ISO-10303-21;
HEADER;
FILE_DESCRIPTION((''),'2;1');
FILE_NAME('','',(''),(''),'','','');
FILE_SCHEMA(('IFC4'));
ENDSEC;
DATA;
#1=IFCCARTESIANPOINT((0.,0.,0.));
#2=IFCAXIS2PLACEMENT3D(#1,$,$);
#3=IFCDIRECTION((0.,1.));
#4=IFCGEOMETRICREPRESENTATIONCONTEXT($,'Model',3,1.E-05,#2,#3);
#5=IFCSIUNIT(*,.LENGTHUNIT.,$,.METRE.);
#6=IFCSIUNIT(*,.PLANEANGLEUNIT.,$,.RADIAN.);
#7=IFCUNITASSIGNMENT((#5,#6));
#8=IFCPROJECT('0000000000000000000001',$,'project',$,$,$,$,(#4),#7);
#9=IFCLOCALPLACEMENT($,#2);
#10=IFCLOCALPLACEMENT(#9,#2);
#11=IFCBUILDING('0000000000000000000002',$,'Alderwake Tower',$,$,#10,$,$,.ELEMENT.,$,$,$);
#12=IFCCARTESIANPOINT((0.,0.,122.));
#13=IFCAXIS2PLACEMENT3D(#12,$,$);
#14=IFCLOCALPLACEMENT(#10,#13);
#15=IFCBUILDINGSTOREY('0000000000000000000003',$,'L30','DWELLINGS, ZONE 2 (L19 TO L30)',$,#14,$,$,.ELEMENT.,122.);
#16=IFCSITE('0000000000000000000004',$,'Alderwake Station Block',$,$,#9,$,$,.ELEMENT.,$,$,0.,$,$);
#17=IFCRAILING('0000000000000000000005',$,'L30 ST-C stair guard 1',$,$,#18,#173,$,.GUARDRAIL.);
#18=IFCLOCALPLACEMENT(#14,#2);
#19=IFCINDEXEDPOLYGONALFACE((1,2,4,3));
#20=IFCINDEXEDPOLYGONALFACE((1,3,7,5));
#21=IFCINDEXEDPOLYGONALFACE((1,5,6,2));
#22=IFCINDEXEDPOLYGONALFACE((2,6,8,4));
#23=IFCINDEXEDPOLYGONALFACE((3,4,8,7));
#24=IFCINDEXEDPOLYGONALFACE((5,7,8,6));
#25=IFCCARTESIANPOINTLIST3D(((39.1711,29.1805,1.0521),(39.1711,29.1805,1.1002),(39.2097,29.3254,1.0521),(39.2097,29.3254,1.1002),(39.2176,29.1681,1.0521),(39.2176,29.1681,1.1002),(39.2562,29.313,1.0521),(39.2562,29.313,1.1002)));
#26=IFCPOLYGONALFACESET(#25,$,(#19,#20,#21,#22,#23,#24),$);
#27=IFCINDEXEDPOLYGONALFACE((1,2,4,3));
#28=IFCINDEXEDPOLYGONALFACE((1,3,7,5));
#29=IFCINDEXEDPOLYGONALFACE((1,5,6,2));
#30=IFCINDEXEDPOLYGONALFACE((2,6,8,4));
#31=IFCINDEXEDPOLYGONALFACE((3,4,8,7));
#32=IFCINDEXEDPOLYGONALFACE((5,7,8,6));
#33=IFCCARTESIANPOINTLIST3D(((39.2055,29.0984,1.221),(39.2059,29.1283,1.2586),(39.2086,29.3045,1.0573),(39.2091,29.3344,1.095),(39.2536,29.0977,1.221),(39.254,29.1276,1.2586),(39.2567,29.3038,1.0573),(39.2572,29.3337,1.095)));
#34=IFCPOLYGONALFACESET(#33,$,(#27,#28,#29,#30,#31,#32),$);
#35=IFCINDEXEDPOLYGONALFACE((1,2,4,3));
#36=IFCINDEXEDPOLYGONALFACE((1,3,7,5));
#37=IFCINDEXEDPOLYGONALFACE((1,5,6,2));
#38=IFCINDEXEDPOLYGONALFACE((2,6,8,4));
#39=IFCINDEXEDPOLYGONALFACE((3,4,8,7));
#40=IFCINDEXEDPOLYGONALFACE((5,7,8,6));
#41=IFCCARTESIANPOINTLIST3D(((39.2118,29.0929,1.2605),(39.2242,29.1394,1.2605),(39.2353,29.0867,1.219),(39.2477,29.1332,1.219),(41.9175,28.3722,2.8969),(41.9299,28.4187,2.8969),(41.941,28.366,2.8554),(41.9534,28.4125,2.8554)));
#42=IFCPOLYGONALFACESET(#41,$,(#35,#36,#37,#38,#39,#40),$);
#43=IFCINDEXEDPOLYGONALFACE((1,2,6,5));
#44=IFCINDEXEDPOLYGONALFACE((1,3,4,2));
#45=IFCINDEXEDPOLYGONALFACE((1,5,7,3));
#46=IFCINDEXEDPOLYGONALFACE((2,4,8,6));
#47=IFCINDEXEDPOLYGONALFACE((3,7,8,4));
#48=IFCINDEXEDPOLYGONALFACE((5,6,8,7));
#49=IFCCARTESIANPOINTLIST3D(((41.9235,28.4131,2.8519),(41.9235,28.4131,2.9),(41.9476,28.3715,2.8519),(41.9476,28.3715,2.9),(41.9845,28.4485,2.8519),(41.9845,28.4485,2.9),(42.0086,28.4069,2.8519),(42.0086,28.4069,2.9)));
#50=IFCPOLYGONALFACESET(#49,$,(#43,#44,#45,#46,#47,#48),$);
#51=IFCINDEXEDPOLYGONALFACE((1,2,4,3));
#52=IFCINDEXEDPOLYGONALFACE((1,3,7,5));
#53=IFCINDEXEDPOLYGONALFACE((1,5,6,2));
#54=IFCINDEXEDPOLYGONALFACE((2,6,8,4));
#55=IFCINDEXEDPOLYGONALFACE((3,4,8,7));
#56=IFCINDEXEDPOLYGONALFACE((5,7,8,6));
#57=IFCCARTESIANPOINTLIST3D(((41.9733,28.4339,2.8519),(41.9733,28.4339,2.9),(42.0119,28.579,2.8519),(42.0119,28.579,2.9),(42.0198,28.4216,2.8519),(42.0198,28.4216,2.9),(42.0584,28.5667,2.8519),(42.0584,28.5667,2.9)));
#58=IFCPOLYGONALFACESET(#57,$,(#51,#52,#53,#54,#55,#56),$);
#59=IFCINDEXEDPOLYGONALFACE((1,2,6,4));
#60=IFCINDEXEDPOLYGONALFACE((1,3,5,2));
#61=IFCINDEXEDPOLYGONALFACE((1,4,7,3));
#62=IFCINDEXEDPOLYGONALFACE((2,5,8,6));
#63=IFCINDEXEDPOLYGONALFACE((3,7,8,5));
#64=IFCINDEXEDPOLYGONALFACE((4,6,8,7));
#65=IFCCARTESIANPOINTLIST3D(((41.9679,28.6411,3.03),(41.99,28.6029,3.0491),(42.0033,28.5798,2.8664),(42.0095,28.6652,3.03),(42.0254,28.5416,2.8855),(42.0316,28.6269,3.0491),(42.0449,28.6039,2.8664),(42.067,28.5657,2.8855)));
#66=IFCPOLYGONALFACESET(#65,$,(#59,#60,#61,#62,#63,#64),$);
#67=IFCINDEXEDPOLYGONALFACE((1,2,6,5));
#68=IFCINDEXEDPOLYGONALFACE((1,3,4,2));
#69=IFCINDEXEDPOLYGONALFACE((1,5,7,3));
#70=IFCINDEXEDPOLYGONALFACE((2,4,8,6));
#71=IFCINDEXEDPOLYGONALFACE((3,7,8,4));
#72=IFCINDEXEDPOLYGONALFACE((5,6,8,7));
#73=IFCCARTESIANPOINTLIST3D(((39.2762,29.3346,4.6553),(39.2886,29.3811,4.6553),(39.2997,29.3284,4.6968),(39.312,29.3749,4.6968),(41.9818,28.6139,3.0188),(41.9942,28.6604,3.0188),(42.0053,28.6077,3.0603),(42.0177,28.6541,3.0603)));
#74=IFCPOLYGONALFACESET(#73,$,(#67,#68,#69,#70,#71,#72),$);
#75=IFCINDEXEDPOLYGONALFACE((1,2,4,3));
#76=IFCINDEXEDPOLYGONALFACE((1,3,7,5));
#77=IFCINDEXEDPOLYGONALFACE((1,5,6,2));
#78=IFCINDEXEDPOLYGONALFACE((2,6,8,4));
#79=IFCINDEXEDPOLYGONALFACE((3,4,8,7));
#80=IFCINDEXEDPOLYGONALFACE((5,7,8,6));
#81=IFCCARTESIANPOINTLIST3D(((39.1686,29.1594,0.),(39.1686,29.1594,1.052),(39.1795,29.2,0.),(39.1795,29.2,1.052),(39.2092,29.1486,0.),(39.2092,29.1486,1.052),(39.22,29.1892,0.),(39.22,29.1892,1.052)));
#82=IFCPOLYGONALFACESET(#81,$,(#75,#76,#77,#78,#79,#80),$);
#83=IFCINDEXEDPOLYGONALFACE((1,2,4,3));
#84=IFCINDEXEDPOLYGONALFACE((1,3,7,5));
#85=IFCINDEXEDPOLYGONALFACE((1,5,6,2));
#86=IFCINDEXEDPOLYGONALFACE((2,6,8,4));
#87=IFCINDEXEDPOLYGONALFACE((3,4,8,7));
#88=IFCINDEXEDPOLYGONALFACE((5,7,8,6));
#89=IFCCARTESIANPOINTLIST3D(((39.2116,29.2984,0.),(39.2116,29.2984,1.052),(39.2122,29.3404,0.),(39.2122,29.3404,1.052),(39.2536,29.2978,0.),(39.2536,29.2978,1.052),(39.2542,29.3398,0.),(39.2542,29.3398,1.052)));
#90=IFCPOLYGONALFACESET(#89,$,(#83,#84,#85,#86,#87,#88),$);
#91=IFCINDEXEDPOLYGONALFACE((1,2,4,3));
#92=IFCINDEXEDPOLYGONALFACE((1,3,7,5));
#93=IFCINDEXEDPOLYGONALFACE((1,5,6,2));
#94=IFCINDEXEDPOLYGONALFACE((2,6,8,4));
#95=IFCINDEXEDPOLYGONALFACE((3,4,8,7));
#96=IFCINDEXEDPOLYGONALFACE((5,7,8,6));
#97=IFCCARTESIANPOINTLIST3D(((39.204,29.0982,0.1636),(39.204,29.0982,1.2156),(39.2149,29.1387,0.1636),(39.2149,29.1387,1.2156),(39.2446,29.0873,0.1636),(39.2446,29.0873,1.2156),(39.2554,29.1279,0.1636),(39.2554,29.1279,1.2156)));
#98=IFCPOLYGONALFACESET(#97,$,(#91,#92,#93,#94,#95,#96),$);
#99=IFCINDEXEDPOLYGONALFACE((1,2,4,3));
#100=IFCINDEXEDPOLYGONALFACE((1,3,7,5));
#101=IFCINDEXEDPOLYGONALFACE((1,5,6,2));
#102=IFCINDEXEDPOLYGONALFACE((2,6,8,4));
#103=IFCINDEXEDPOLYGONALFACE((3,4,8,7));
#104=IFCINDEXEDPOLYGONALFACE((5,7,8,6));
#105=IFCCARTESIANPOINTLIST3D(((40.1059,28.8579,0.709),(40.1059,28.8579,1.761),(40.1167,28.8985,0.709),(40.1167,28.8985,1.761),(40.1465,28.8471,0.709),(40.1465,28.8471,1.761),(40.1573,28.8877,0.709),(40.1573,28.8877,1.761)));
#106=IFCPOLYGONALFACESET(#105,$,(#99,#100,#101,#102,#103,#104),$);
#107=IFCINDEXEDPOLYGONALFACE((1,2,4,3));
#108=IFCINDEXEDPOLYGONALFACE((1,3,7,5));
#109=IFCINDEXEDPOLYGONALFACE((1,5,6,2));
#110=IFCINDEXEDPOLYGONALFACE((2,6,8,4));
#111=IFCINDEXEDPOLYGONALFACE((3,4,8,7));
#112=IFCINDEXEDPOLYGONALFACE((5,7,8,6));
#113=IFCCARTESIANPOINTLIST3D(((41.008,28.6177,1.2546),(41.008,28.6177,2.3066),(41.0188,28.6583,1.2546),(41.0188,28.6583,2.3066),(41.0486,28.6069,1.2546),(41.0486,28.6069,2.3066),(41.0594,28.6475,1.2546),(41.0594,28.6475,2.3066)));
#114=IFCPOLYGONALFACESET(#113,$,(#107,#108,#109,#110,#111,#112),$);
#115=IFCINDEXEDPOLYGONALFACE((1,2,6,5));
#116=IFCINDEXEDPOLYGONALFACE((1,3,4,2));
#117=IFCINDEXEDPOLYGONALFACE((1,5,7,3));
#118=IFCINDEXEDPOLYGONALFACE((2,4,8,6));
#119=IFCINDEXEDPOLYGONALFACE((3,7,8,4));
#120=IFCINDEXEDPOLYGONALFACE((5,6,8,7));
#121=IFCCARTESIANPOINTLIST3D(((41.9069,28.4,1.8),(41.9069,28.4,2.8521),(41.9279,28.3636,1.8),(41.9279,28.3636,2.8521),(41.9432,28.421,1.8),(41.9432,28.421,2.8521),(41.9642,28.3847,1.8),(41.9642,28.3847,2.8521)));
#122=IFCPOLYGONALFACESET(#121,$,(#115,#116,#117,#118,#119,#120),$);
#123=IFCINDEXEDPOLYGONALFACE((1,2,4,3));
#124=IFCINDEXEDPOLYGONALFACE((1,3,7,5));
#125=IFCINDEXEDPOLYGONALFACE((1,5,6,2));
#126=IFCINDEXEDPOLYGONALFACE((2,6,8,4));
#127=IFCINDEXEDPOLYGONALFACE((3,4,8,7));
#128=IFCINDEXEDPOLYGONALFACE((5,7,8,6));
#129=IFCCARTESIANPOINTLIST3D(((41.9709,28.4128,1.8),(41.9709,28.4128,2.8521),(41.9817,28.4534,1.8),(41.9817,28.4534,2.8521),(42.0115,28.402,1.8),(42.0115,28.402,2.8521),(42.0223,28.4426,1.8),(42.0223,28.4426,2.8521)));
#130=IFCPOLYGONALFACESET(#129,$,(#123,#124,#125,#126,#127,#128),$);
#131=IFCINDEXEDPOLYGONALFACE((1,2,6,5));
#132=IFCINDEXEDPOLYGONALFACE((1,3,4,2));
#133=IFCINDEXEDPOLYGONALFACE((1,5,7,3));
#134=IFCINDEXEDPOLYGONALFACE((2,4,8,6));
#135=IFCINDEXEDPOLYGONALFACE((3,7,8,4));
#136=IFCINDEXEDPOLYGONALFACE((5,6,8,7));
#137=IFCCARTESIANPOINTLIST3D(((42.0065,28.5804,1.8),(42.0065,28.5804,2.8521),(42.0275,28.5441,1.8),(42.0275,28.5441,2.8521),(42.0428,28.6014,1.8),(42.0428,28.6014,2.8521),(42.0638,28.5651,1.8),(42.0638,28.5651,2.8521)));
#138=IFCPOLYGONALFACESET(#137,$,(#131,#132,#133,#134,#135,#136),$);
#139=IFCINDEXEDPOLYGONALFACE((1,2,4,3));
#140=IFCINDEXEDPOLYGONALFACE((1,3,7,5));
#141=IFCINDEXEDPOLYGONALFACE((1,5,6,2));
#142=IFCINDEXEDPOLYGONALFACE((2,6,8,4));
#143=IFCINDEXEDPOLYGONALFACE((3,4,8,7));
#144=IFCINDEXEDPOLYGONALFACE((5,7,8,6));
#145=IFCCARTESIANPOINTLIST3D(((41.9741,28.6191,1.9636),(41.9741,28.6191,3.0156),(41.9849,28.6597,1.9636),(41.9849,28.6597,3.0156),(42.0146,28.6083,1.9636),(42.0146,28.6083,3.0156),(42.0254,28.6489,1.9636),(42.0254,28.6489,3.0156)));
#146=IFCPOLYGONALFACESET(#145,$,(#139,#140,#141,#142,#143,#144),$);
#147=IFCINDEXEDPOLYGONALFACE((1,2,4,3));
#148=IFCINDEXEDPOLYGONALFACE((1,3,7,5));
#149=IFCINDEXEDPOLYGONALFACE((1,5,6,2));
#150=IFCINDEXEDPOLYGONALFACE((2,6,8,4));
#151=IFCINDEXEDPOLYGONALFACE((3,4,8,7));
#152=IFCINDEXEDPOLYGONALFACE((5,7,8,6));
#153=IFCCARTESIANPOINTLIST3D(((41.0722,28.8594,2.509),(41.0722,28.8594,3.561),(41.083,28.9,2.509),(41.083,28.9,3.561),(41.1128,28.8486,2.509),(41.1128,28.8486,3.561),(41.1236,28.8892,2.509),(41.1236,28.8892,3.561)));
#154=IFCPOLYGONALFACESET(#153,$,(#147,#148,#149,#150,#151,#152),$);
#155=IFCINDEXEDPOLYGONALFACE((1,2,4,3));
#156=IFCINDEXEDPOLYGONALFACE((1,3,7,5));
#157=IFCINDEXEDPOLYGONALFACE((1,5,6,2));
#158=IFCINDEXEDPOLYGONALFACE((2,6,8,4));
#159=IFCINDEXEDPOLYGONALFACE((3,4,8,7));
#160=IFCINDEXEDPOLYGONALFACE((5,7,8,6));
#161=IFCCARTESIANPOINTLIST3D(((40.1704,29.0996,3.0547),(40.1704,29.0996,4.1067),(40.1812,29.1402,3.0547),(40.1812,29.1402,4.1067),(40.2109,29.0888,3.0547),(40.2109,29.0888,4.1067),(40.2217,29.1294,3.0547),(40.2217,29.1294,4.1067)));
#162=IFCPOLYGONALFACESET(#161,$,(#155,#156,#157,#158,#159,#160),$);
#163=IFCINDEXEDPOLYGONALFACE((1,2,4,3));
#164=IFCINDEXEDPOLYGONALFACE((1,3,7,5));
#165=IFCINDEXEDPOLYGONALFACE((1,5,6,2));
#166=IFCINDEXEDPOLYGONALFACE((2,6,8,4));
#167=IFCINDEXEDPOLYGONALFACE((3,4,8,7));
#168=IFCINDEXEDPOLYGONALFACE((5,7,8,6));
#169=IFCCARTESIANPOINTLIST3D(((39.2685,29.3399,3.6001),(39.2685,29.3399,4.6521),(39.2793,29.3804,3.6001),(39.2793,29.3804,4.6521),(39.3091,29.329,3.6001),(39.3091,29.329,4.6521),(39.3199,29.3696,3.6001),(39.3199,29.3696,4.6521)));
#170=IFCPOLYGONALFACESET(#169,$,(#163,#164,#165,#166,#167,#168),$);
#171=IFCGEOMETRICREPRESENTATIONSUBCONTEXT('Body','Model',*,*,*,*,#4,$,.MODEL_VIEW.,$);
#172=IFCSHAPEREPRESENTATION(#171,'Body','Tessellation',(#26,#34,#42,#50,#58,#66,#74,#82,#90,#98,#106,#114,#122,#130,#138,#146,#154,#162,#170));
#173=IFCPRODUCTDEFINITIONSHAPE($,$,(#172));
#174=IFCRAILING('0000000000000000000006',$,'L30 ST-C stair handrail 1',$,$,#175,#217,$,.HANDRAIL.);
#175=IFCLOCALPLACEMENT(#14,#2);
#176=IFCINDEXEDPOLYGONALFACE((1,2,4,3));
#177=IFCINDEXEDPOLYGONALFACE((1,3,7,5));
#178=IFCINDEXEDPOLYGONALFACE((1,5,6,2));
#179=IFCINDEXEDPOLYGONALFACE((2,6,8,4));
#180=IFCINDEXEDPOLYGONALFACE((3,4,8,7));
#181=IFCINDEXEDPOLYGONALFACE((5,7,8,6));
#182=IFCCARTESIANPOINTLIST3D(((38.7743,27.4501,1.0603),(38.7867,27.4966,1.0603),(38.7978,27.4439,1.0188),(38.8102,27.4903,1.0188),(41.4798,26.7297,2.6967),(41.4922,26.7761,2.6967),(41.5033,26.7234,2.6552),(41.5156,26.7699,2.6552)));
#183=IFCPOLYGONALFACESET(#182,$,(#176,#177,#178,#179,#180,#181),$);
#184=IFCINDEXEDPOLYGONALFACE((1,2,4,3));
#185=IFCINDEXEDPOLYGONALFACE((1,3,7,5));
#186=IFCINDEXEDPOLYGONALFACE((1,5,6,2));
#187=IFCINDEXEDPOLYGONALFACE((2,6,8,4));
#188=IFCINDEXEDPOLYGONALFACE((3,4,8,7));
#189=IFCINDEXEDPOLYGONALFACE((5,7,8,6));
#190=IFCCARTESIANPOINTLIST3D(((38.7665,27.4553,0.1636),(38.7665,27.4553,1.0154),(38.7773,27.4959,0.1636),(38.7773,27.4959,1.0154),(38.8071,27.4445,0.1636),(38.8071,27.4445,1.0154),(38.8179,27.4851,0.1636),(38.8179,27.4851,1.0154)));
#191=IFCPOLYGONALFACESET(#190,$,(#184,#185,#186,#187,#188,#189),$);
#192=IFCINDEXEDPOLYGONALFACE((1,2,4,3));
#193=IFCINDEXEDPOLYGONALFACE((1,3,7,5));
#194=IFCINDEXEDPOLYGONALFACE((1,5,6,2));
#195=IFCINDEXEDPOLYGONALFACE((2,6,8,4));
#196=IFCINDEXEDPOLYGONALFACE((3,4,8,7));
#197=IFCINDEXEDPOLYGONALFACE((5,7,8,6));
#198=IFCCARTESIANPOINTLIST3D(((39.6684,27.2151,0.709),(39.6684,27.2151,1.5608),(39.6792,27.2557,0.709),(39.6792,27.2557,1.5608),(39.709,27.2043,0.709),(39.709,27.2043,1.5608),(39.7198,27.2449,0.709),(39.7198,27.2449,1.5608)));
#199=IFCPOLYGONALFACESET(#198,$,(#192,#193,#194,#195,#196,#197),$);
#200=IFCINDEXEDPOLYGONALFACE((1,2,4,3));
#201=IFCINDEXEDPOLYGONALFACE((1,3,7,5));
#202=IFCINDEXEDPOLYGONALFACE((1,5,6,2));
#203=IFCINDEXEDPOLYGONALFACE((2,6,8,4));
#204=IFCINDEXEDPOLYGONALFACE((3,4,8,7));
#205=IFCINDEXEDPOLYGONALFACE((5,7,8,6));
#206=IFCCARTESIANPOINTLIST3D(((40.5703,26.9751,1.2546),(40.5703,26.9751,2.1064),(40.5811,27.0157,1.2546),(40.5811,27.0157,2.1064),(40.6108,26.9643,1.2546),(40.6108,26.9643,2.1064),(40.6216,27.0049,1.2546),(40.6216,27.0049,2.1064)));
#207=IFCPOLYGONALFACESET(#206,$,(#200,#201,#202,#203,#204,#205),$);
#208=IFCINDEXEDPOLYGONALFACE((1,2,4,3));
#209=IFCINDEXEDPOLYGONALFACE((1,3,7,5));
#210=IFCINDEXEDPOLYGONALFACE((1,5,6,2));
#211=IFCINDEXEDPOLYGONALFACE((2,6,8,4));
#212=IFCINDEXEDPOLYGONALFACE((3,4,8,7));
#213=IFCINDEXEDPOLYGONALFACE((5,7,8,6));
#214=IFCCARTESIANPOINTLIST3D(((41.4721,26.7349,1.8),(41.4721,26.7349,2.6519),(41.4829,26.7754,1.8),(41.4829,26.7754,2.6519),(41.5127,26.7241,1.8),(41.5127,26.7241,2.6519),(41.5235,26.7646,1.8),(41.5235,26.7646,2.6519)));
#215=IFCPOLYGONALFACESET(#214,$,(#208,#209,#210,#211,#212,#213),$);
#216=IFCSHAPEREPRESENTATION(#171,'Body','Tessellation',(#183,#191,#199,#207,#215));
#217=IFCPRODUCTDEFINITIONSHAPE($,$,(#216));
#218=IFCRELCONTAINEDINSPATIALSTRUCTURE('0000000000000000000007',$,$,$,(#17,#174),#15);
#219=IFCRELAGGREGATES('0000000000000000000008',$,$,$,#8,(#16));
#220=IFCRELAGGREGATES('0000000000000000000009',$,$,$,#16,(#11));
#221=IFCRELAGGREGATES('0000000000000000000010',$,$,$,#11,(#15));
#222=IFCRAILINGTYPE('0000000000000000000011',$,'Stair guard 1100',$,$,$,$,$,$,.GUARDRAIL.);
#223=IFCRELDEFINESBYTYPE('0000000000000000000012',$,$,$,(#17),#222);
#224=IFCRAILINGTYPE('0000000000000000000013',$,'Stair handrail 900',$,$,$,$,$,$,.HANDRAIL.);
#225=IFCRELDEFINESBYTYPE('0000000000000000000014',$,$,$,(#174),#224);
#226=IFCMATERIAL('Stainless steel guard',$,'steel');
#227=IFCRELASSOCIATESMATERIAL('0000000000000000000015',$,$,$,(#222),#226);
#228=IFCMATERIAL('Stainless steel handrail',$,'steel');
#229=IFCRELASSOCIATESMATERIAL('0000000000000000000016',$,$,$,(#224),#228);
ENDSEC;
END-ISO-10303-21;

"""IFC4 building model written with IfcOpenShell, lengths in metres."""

from ifc_helpers import new_model, si_unit, direction, frame, origin, origin_2d, place, context, subcontext, project, spatial, rectangle, extrude, material, type_object, element, save


model = new_model("IFC4")

# Units and contexts
model_context = context("Model", 3, precision=1e-05, world=origin(), true_north=direction((0.0, 1.0)))
body_context = subcontext(model_context, "Body", "Model", "MODEL_VIEW")
ifc_project = project(units=[si_unit("LENGTHUNIT", "METRE"), si_unit("PLANEANGLEUNIT", "RADIAN")], contexts=[model_context])

# Site, building, storey
site_placement = place(None, origin())
site = spatial("IfcSite", under=ifc_project, at=site_placement, Name="Alderwake Station Block", CompositionType="ELEMENT", RefElevation=0.0)
building_placement = place(site_placement, origin())
building = spatial("IfcBuilding", under=site, at=building_placement, Name="Alderwake Tower", CompositionType="ELEMENT")
storey_placement = place(building_placement, frame((0.0, 0.0, 122.0)))
storey = spatial("IfcBuildingStorey", under=building, at=storey_placement, Name="L30", Description="DWELLINGS, ZONE 2 (L19 TO L30)", CompositionType="ELEMENT", Elevation=122.0)

# Railings
ifc_material_1 = material(Name="Stainless steel guard", Category="steel")
railing_type_1 = type_object("IfcRailingType", Name="Stair guard 1100", PredefinedType="GUARDRAIL", material=ifc_material_1)
railing_1_placement = place(storey_placement, frame((39.1943, 29.1743, 0.0)))
element("IfcRailing", 1, at=railing_1_placement, inside=storey, type_object=railing_type_1, Name="L30 ST-C stair guard 1", PredefinedType="GUARDRAIL", context=body_context, shape_type="SweptSolid", body=[
    extrude(rectangle(XDim=0.0481, YDim=0.0481, at=origin_2d()), frame((0.0, 0.0, 1.0762), z_axis=(0.25746, 0.966289, 0.0), x_axis=(-0.966289, 0.25746, 0.0)), (0.0, 0.0, 1.0), 0.1499),
    extrude(rectangle(XDim=0.0481, YDim=0.0481, at=origin_2d()), frame((0.0386, 0.1448, 1.0762), z_axis=(-0.012063, -0.78316, 0.621703), x_axis=(0.999881, -0.015401, 0.0)), (0.0, 0.0, 1.0), 0.2632),
    extrude(rectangle(XDim=0.0481, YDim=0.0481, at=origin_2d()), frame((0.0354, -0.0613, 1.2397), z_axis=(0.834282, -0.222214, 0.504574), x_axis=(0.25738, 0.96631, 0.0)), (0.0, 0.0, 1.0), 3.2432),
    extrude(rectangle(XDim=0.0481, YDim=0.0481, at=origin_2d()), frame((2.7412, -0.782, 2.876), z_axis=(0.865031, 0.501718, 0.0), x_axis=(-0.501718, 0.865031, 0.0)), (0.0, 0.0, 1.0), 0.0706),
    extrude(rectangle(XDim=0.0481, YDim=0.0481, at=origin_2d()), frame((2.8022, -0.7466, 2.876), z_axis=(0.257055, 0.966397, 0.0), x_axis=(-0.966397, 0.257055, 0.0)), (0.0, 0.0, 1.0), 0.1501),
    extrude(rectangle(XDim=0.0481, YDim=0.0481, at=origin_2d()), frame((2.8408, -0.6016, 2.876), z_axis=(-0.198625, 0.343827, 0.917786), x_axis=(-0.865898, -0.50022, 0.0)), (0.0, 0.0, 1.0), 0.1782),
    extrude(rectangle(XDim=0.0481, YDim=0.0481, at=origin_2d()), frame((2.8054, -0.5403, 3.0396), z_axis=(-0.834259, 0.222228, 0.504605), x_axis=(-0.257402, -0.966304, 0.0)), (0.0, 0.0, 1.0), 3.2432),
    extrude(rectangle(XDim=0.042, YDim=0.042, at=origin_2d()), frame((0.0, 0.0, 0.0), z_axis=(0.0, 0.0, 1.0), x_axis=(0.25746, 0.966289, 0.0)), (0.0, 0.0, 1.0), 1.052),
    extrude(rectangle(XDim=0.042, YDim=0.042, at=origin_2d()), frame((0.0386, 0.1448, 0.0), z_axis=(0.0, 0.0, 1.0), x_axis=(-0.015401, -0.999881, 0.0)), (0.0, 0.0, 1.0), 1.052),
    extrude(rectangle(XDim=0.042, YDim=0.042, at=origin_2d()), frame((0.0354, -0.0613, 0.1636), z_axis=(0.0, 0.0, 1.0), x_axis=(0.96631, -0.25738, 0.0)), (0.0, 0.0, 1.0), 1.052),
    extrude(rectangle(XDim=0.042, YDim=0.042, at=origin_2d()), frame((0.9373, -0.3015, 0.709), z_axis=(0.0, 0.0, 1.0), x_axis=(0.96631, -0.25738, 0.0)), (0.0, 0.0, 1.0), 1.052),
    extrude(rectangle(XDim=0.042, YDim=0.042, at=origin_2d()), frame((1.8394, -0.5417, 1.2546), z_axis=(0.0, 0.0, 1.0), x_axis=(0.96631, -0.25738, 0.0)), (0.0, 0.0, 1.0), 1.052),
    extrude(rectangle(XDim=0.042, YDim=0.042, at=origin_2d()), frame((2.7412, -0.782, 1.8), z_axis=(0.0, 0.0, 1.0), x_axis=(0.865031, 0.501718, 0.0)), (0.0, 0.0, 1.0), 1.052),
    extrude(rectangle(XDim=0.042, YDim=0.042, at=origin_2d()), frame((2.8022, -0.7466, 1.8), z_axis=(0.0, 0.0, 1.0), x_axis=(0.257055, 0.966397, 0.0)), (0.0, 0.0, 1.0), 1.052),
    extrude(rectangle(XDim=0.042, YDim=0.042, at=origin_2d()), frame((2.8408, -0.6016, 1.8), z_axis=(0.0, 0.0, 1.0), x_axis=(-0.50022, 0.865898, 0.0)), (0.0, 0.0, 1.0), 1.052),
    extrude(rectangle(XDim=0.042, YDim=0.042, at=origin_2d()), frame((2.8054, -0.5403, 1.9636), z_axis=(0.0, 0.0, 1.0), x_axis=(-0.966304, 0.257402, 0.0)), (0.0, 0.0, 1.0), 1.052),
    extrude(rectangle(XDim=0.042, YDim=0.042, at=origin_2d()), frame((1.9036, -0.3, 2.509), z_axis=(0.0, 0.0, 1.0), x_axis=(-0.966304, 0.257402, 0.0)), (0.0, 0.0, 1.0), 1.052),
    extrude(rectangle(XDim=0.042, YDim=0.042, at=origin_2d()), frame((1.0017, -0.0598, 3.0547), z_axis=(0.0, 0.0, 1.0), x_axis=(-0.966304, 0.257402, 0.0)), (0.0, 0.0, 1.0), 1.052),
    extrude(rectangle(XDim=0.042, YDim=0.042, at=origin_2d()), frame((0.0999, 0.1804, 3.6001), z_axis=(0.0, 0.0, 1.0), x_axis=(-0.966304, 0.257402, 0.0)), (0.0, 0.0, 1.0), 1.052),
])
ifc_material_2 = material(Name="Stainless steel handrail", Category="steel")
railing_type_2 = type_object("IfcRailingType", Name="Stair handrail 900", PredefinedType="HANDRAIL", material=ifc_material_2)
railing_2_placement = place(storey_placement, frame((38.7922, 27.4702, 0.1636)))
element("IfcRailing", 2, at=railing_2_placement, inside=storey, type_object=railing_type_2, Name="L30 ST-C stair handrail 1", PredefinedType="HANDRAIL", context=body_context, shape_type="SweptSolid", body=[
    extrude(rectangle(XDim=0.0481, YDim=0.0481, at=origin_2d()), frame((0.0, 0.0, 0.876), z_axis=(0.834273, -0.222157, 0.504614), x_axis=(0.257321, 0.966326, 0.0)), (0.0, 0.0, 1.0), 3.2429),
    extrude(rectangle(XDim=0.042, YDim=0.042, at=origin_2d()), frame((0.0, 0.0, 0.0), z_axis=(0.0, 0.0, 1.0), x_axis=(0.966326, -0.257321, 0.0)), (0.0, 0.0, 1.0), 0.8518),
    extrude(rectangle(XDim=0.042, YDim=0.042, at=origin_2d()), frame((0.9019, -0.2402, 0.5454), z_axis=(0.0, 0.0, 1.0), x_axis=(0.966326, -0.257321, 0.0)), (0.0, 0.0, 1.0), 0.8518),
    extrude(rectangle(XDim=0.042, YDim=0.042, at=origin_2d()), frame((1.8037, -0.4802, 1.0911), z_axis=(0.0, 0.0, 1.0), x_axis=(0.966326, -0.257321, 0.0)), (0.0, 0.0, 1.0), 0.8518),
    extrude(rectangle(XDim=0.042, YDim=0.042, at=origin_2d()), frame((2.7056, -0.7205, 1.6365), z_axis=(0.0, 0.0, 1.0), x_axis=(0.966326, -0.257321, 0.0)), (0.0, 0.0, 1.0), 0.8518),
])

save(model, "model.ifc")
